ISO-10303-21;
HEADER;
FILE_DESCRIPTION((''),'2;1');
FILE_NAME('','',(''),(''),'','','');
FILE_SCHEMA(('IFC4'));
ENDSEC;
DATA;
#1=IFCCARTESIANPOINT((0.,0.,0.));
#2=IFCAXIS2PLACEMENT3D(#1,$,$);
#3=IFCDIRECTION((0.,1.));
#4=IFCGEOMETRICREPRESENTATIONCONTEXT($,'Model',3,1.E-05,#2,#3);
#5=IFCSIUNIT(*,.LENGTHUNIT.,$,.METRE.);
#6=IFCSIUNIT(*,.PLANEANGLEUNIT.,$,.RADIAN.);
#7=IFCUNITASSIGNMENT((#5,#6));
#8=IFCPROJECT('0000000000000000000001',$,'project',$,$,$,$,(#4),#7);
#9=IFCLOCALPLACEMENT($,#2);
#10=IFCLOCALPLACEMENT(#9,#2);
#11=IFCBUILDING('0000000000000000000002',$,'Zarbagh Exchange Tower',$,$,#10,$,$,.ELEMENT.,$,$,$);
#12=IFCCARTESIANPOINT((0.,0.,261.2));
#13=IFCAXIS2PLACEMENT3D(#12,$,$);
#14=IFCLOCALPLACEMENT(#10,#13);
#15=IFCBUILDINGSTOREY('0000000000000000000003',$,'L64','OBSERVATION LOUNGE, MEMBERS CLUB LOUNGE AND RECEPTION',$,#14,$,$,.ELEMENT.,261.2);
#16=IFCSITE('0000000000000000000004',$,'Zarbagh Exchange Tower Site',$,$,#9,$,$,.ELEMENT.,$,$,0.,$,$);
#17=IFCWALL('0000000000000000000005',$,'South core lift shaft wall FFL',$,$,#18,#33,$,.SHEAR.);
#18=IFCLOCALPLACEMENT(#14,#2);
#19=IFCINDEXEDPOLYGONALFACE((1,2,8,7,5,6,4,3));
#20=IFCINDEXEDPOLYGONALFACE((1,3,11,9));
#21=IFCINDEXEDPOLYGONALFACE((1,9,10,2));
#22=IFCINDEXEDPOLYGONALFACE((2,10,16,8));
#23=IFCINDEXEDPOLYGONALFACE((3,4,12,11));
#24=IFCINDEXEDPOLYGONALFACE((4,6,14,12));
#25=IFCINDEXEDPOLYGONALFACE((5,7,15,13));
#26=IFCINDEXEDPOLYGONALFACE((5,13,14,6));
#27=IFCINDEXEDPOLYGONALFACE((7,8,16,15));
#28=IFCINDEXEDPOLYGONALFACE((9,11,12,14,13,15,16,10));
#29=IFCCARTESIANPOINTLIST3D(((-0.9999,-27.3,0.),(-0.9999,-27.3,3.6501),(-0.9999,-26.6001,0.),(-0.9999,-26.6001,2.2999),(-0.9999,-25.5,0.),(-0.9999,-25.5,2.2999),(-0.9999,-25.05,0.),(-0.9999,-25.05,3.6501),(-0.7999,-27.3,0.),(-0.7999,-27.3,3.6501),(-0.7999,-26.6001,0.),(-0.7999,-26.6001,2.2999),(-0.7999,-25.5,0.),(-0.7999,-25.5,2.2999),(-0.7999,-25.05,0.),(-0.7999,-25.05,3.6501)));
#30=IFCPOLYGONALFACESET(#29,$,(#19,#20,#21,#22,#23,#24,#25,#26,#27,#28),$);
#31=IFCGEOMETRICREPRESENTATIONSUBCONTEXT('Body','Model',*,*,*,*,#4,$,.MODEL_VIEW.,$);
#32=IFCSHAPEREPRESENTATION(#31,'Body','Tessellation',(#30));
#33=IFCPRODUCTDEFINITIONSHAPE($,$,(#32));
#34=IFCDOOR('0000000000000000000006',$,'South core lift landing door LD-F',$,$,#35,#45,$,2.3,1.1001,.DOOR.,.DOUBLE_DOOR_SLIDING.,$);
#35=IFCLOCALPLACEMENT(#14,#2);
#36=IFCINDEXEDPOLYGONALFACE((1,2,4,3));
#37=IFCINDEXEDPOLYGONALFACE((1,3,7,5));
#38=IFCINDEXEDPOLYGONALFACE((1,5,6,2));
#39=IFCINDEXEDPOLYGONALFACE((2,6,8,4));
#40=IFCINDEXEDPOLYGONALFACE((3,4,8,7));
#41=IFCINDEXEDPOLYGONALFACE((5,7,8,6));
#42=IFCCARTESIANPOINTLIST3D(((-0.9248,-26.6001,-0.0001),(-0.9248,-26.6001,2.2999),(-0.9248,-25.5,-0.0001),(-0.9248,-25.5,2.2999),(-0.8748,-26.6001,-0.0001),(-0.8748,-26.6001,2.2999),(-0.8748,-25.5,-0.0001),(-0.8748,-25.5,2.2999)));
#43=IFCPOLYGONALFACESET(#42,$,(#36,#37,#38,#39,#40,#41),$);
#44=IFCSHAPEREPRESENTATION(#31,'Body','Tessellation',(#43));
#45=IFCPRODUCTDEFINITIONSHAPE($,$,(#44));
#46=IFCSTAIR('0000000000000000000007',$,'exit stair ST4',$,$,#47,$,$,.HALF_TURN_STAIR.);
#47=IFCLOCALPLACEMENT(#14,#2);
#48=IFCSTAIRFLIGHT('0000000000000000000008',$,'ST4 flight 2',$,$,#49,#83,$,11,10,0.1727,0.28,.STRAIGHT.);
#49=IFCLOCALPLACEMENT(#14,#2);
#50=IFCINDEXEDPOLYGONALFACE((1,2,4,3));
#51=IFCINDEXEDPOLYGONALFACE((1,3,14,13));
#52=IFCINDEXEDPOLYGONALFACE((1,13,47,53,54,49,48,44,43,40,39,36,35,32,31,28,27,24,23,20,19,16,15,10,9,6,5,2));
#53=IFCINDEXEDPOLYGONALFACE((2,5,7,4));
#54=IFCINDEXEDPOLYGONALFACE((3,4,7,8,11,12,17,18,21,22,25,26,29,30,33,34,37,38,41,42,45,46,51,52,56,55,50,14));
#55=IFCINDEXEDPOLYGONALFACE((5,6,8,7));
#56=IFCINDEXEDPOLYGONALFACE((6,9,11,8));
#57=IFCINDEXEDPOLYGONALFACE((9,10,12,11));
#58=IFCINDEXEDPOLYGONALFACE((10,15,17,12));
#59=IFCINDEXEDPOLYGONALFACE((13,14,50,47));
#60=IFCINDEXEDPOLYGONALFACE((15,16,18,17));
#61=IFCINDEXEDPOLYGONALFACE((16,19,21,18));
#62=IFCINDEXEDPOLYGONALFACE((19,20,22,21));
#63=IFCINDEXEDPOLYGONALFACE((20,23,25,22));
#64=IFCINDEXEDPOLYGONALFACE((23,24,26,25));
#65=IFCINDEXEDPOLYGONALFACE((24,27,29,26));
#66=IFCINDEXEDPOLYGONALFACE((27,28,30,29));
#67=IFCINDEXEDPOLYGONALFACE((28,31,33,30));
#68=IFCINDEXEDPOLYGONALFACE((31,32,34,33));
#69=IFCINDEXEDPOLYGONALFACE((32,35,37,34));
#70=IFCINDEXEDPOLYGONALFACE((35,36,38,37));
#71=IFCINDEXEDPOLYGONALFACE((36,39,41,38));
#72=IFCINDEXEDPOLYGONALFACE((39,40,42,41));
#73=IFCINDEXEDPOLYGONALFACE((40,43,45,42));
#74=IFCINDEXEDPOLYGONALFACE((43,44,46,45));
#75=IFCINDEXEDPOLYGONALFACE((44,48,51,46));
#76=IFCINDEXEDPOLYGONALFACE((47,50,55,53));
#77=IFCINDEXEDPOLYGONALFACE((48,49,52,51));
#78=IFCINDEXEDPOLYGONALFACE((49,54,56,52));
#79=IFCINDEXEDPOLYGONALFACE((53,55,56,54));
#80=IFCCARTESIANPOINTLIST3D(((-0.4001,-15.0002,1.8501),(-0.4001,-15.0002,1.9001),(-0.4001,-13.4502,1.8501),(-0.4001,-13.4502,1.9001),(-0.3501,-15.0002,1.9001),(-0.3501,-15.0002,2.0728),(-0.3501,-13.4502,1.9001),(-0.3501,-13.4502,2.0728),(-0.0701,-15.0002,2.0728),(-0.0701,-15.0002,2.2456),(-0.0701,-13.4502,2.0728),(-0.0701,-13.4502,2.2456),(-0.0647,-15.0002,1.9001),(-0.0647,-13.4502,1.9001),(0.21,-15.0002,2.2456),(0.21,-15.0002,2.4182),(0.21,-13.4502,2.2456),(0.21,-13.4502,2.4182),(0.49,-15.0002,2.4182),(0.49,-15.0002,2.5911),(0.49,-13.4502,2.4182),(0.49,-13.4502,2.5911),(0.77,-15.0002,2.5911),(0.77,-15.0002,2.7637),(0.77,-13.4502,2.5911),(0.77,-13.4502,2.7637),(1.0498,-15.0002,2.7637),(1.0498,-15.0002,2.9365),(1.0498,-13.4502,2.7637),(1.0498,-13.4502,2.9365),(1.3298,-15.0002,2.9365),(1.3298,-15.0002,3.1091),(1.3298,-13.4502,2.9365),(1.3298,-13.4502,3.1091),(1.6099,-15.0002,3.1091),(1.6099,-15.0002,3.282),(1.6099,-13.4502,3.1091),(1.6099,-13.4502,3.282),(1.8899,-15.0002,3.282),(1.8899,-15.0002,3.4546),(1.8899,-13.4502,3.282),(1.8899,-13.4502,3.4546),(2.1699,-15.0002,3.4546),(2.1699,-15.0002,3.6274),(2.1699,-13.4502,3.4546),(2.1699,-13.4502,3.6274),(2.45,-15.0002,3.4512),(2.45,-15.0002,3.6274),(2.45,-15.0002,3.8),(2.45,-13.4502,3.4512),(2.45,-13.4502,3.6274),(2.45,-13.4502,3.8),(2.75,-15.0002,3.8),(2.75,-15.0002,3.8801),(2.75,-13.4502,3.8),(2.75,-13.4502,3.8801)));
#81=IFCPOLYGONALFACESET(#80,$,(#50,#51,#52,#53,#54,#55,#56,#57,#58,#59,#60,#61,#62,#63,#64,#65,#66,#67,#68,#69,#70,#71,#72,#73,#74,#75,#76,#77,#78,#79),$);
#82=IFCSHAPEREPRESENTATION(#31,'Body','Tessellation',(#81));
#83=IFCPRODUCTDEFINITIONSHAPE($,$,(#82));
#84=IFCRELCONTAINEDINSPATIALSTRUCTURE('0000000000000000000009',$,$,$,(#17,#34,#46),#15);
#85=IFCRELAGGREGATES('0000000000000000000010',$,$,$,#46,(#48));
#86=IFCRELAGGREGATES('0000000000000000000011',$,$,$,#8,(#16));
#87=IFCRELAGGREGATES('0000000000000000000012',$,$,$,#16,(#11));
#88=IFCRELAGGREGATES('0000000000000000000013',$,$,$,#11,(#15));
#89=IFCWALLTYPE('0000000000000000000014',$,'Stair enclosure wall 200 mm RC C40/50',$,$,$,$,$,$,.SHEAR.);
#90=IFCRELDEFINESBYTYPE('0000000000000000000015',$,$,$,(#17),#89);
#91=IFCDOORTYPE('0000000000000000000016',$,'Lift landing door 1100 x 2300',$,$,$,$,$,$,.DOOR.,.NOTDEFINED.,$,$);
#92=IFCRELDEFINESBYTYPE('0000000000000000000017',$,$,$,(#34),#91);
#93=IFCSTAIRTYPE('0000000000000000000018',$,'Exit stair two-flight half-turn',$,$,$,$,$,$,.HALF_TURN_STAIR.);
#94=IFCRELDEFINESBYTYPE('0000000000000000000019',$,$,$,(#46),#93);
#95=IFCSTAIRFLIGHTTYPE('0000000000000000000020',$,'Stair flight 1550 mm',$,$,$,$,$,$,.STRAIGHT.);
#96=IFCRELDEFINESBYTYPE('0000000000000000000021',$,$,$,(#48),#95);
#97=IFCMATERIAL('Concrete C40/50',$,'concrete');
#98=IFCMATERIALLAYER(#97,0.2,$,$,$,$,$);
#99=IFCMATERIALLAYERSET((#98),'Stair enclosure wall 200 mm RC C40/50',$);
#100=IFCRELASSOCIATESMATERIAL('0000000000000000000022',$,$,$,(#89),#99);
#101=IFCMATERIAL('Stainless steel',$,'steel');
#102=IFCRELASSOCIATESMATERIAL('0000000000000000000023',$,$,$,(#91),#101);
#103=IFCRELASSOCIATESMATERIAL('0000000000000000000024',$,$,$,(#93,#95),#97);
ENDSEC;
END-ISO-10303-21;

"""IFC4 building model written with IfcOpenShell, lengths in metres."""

from ifc_helpers import new_model, si_unit, direction, frame, frame_2d, origin, place, context, subcontext, project, spatial, polyline, rectangle, outline, extrude, material, layer, layer_set, type_object, element, fill, aggregate, save


model = new_model("IFC4")

# Units and contexts
model_context = context("Model", 3, precision=1e-05, world=origin(), true_north=direction((0.0, 1.0)))
body_context = subcontext(model_context, "Body", "Model", "MODEL_VIEW")
ifc_project = project(units=[si_unit("LENGTHUNIT", "METRE"), si_unit("PLANEANGLEUNIT", "RADIAN")], contexts=[model_context])

# Site, building, storey
site_placement = place(None, origin())
site = spatial("IfcSite", under=ifc_project, at=site_placement, Name="Zarbagh Exchange Tower Site", CompositionType="ELEMENT", RefElevation=0.0)
building_placement = place(site_placement, origin())
building = spatial("IfcBuilding", under=site, at=building_placement, Name="Zarbagh Exchange Tower", CompositionType="ELEMENT")
storey_placement = place(building_placement, frame((0.0, 0.0, 261.2)))
storey = spatial("IfcBuildingStorey", under=building, at=storey_placement, Name="L64", Description="OBSERVATION LOUNGE, MEMBERS CLUB LOUNGE AND RECEPTION", CompositionType="ELEMENT", Elevation=261.2)

# Shared definitions
ifc_material_1 = material(Name="Concrete C40/50", Category="concrete")

# Wall, opening, door
ifc_layer_1 = layer(ifc_material_1, 0.2)
ifc_layer_set_1 = layer_set([ifc_layer_1], Name="Stair enclosure wall 200 mm RC C40/50")
wall_type_1 = type_object("IfcWallType", Name="Stair enclosure wall 200 mm RC C40/50", PredefinedType="SHEAR", material=ifc_layer_set_1)
wall_1_placement = place(storey_placement, frame((-0.8999, -27.3, 0.0), z_axis=(0.0, 0.0, 1.0), x_axis=(0.0, 1.0, 0.0)))
wall_1 = element("IfcWall", 1, at=wall_1_placement, inside=storey, type_object=wall_type_1, Name="South core lift shaft wall FFL", PredefinedType="SHEAR", context=body_context, shape_type="SweptSolid", body=[
    extrude(rectangle(XDim=2.25, YDim=0.2, at=frame_2d((1.125, 0.0))), origin(), (0.0, 0.0, 1.0), 3.6501),
])
opening_1_placement = place(wall_1_placement, frame((0.7, 0.0, 0.0)))
opening_1 = element("IfcOpeningElement", 2, at=opening_1_placement, cuts=wall_1, PredefinedType="OPENING", context=body_context, shape_type="SweptSolid", body=[
    extrude(rectangle(XDim=1.1001, YDim=2.3, at=frame_2d((0.55, 1.1499))), frame((0.0, 0.1099, 0.0), z_axis=(0.0, -1.0, 0.0), x_axis=(1.0, 0.0, 0.0)), (0.0, 0.0, 1.0), 0.22),
])
ifc_material_2 = material(Name="Stainless steel", Category="steel")
door_type_1 = type_object("IfcDoorType", Name="Lift landing door 1100 x 2300", OperationType="NOTDEFINED", PredefinedType="DOOR", material=ifc_material_2)
door_1_placement = place(opening_1_placement, origin())
door_1 = element("IfcDoor", 3, at=door_1_placement, inside=storey, type_object=door_type_1, Name="South core lift landing door LD-F", OperationType="DOUBLE_DOOR_SLIDING", OverallHeight=2.3, OverallWidth=1.1001, PredefinedType="DOOR", context=body_context, shape_type="SweptSolid", body=[
    extrude(rectangle(XDim=1.1001, YDim=2.3, at=frame_2d((0.55, 1.1499))), frame((0.0, 0.0249, 0.0), z_axis=(0.0, -1.0, 0.0), x_axis=(1.0, 0.0, 0.0)), (0.0, 0.0, 1.0), 0.05),
])
fill(opening_1, door_1)

# Stair, stair flight
stair_type = type_object("IfcStairType", Name="Exit stair two-flight half-turn", PredefinedType="HALF_TURN_STAIR", material=ifc_material_1)
stair_placement = place(storey_placement, origin())
stair = element("IfcStair", 4, at=stair_placement, inside=storey, type_object=stair_type, Name="exit stair ST4", PredefinedType="HALF_TURN_STAIR")
stair_flight_type = type_object("IfcStairFlightType", Name="Stair flight 1550 mm", PredefinedType="STRAIGHT", material=ifc_material_1)
stair_flight_placement = place(storey_placement, frame((-0.3501, -14.2251, 1.9001), z_axis=(0.0, 0.0, 1.0), x_axis=(1.0, 0.0, 0.0)))
stair_flight = element("IfcStairFlight", 5, at=stair_flight_placement, type_object=stair_flight_type, Name="ST4 flight 2", NumberOfRisers=11, NumberOfTreads=10, PredefinedType="STRAIGHT", RiserHeight=0.1727, TreadLength=0.28, context=body_context, shape_type="SweptSolid", body=[
    extrude(outline(polyline([(-0.05, -0.05), (-0.05, 0.0), (0.0, 0.0), (0.0, 0.1726), (0.28, 0.1726), (0.28, 0.3455), (0.5601, 0.3455), (0.5601, 0.5181), (0.8401, 0.5181), (0.8401, 0.6909), (1.1201, 0.6909), (1.1201, 0.8635), (1.3999, 0.8635), (1.3999, 1.0364), (1.6799, 1.0364), (1.6799, 1.209), (1.96, 1.209), (1.96, 1.3818), (2.24, 1.3818), (2.24, 1.5544), (2.52, 1.5544), (2.52, 1.7273), (2.8, 1.7273), (2.8, 1.8999), (3.1001, 1.98), (3.1001, 1.8999), (2.8, 1.551), (0.2854, 0.0), (-0.05, -0.05)])), frame((0.0, 0.7749, 0.0), z_axis=(0.0, -1.0, 0.0), x_axis=(1.0, 0.0, 0.0)), (0.0, 0.0, 1.0), 1.55),
])
aggregate(stair, [stair_flight])

save(model, "model.ifc")
